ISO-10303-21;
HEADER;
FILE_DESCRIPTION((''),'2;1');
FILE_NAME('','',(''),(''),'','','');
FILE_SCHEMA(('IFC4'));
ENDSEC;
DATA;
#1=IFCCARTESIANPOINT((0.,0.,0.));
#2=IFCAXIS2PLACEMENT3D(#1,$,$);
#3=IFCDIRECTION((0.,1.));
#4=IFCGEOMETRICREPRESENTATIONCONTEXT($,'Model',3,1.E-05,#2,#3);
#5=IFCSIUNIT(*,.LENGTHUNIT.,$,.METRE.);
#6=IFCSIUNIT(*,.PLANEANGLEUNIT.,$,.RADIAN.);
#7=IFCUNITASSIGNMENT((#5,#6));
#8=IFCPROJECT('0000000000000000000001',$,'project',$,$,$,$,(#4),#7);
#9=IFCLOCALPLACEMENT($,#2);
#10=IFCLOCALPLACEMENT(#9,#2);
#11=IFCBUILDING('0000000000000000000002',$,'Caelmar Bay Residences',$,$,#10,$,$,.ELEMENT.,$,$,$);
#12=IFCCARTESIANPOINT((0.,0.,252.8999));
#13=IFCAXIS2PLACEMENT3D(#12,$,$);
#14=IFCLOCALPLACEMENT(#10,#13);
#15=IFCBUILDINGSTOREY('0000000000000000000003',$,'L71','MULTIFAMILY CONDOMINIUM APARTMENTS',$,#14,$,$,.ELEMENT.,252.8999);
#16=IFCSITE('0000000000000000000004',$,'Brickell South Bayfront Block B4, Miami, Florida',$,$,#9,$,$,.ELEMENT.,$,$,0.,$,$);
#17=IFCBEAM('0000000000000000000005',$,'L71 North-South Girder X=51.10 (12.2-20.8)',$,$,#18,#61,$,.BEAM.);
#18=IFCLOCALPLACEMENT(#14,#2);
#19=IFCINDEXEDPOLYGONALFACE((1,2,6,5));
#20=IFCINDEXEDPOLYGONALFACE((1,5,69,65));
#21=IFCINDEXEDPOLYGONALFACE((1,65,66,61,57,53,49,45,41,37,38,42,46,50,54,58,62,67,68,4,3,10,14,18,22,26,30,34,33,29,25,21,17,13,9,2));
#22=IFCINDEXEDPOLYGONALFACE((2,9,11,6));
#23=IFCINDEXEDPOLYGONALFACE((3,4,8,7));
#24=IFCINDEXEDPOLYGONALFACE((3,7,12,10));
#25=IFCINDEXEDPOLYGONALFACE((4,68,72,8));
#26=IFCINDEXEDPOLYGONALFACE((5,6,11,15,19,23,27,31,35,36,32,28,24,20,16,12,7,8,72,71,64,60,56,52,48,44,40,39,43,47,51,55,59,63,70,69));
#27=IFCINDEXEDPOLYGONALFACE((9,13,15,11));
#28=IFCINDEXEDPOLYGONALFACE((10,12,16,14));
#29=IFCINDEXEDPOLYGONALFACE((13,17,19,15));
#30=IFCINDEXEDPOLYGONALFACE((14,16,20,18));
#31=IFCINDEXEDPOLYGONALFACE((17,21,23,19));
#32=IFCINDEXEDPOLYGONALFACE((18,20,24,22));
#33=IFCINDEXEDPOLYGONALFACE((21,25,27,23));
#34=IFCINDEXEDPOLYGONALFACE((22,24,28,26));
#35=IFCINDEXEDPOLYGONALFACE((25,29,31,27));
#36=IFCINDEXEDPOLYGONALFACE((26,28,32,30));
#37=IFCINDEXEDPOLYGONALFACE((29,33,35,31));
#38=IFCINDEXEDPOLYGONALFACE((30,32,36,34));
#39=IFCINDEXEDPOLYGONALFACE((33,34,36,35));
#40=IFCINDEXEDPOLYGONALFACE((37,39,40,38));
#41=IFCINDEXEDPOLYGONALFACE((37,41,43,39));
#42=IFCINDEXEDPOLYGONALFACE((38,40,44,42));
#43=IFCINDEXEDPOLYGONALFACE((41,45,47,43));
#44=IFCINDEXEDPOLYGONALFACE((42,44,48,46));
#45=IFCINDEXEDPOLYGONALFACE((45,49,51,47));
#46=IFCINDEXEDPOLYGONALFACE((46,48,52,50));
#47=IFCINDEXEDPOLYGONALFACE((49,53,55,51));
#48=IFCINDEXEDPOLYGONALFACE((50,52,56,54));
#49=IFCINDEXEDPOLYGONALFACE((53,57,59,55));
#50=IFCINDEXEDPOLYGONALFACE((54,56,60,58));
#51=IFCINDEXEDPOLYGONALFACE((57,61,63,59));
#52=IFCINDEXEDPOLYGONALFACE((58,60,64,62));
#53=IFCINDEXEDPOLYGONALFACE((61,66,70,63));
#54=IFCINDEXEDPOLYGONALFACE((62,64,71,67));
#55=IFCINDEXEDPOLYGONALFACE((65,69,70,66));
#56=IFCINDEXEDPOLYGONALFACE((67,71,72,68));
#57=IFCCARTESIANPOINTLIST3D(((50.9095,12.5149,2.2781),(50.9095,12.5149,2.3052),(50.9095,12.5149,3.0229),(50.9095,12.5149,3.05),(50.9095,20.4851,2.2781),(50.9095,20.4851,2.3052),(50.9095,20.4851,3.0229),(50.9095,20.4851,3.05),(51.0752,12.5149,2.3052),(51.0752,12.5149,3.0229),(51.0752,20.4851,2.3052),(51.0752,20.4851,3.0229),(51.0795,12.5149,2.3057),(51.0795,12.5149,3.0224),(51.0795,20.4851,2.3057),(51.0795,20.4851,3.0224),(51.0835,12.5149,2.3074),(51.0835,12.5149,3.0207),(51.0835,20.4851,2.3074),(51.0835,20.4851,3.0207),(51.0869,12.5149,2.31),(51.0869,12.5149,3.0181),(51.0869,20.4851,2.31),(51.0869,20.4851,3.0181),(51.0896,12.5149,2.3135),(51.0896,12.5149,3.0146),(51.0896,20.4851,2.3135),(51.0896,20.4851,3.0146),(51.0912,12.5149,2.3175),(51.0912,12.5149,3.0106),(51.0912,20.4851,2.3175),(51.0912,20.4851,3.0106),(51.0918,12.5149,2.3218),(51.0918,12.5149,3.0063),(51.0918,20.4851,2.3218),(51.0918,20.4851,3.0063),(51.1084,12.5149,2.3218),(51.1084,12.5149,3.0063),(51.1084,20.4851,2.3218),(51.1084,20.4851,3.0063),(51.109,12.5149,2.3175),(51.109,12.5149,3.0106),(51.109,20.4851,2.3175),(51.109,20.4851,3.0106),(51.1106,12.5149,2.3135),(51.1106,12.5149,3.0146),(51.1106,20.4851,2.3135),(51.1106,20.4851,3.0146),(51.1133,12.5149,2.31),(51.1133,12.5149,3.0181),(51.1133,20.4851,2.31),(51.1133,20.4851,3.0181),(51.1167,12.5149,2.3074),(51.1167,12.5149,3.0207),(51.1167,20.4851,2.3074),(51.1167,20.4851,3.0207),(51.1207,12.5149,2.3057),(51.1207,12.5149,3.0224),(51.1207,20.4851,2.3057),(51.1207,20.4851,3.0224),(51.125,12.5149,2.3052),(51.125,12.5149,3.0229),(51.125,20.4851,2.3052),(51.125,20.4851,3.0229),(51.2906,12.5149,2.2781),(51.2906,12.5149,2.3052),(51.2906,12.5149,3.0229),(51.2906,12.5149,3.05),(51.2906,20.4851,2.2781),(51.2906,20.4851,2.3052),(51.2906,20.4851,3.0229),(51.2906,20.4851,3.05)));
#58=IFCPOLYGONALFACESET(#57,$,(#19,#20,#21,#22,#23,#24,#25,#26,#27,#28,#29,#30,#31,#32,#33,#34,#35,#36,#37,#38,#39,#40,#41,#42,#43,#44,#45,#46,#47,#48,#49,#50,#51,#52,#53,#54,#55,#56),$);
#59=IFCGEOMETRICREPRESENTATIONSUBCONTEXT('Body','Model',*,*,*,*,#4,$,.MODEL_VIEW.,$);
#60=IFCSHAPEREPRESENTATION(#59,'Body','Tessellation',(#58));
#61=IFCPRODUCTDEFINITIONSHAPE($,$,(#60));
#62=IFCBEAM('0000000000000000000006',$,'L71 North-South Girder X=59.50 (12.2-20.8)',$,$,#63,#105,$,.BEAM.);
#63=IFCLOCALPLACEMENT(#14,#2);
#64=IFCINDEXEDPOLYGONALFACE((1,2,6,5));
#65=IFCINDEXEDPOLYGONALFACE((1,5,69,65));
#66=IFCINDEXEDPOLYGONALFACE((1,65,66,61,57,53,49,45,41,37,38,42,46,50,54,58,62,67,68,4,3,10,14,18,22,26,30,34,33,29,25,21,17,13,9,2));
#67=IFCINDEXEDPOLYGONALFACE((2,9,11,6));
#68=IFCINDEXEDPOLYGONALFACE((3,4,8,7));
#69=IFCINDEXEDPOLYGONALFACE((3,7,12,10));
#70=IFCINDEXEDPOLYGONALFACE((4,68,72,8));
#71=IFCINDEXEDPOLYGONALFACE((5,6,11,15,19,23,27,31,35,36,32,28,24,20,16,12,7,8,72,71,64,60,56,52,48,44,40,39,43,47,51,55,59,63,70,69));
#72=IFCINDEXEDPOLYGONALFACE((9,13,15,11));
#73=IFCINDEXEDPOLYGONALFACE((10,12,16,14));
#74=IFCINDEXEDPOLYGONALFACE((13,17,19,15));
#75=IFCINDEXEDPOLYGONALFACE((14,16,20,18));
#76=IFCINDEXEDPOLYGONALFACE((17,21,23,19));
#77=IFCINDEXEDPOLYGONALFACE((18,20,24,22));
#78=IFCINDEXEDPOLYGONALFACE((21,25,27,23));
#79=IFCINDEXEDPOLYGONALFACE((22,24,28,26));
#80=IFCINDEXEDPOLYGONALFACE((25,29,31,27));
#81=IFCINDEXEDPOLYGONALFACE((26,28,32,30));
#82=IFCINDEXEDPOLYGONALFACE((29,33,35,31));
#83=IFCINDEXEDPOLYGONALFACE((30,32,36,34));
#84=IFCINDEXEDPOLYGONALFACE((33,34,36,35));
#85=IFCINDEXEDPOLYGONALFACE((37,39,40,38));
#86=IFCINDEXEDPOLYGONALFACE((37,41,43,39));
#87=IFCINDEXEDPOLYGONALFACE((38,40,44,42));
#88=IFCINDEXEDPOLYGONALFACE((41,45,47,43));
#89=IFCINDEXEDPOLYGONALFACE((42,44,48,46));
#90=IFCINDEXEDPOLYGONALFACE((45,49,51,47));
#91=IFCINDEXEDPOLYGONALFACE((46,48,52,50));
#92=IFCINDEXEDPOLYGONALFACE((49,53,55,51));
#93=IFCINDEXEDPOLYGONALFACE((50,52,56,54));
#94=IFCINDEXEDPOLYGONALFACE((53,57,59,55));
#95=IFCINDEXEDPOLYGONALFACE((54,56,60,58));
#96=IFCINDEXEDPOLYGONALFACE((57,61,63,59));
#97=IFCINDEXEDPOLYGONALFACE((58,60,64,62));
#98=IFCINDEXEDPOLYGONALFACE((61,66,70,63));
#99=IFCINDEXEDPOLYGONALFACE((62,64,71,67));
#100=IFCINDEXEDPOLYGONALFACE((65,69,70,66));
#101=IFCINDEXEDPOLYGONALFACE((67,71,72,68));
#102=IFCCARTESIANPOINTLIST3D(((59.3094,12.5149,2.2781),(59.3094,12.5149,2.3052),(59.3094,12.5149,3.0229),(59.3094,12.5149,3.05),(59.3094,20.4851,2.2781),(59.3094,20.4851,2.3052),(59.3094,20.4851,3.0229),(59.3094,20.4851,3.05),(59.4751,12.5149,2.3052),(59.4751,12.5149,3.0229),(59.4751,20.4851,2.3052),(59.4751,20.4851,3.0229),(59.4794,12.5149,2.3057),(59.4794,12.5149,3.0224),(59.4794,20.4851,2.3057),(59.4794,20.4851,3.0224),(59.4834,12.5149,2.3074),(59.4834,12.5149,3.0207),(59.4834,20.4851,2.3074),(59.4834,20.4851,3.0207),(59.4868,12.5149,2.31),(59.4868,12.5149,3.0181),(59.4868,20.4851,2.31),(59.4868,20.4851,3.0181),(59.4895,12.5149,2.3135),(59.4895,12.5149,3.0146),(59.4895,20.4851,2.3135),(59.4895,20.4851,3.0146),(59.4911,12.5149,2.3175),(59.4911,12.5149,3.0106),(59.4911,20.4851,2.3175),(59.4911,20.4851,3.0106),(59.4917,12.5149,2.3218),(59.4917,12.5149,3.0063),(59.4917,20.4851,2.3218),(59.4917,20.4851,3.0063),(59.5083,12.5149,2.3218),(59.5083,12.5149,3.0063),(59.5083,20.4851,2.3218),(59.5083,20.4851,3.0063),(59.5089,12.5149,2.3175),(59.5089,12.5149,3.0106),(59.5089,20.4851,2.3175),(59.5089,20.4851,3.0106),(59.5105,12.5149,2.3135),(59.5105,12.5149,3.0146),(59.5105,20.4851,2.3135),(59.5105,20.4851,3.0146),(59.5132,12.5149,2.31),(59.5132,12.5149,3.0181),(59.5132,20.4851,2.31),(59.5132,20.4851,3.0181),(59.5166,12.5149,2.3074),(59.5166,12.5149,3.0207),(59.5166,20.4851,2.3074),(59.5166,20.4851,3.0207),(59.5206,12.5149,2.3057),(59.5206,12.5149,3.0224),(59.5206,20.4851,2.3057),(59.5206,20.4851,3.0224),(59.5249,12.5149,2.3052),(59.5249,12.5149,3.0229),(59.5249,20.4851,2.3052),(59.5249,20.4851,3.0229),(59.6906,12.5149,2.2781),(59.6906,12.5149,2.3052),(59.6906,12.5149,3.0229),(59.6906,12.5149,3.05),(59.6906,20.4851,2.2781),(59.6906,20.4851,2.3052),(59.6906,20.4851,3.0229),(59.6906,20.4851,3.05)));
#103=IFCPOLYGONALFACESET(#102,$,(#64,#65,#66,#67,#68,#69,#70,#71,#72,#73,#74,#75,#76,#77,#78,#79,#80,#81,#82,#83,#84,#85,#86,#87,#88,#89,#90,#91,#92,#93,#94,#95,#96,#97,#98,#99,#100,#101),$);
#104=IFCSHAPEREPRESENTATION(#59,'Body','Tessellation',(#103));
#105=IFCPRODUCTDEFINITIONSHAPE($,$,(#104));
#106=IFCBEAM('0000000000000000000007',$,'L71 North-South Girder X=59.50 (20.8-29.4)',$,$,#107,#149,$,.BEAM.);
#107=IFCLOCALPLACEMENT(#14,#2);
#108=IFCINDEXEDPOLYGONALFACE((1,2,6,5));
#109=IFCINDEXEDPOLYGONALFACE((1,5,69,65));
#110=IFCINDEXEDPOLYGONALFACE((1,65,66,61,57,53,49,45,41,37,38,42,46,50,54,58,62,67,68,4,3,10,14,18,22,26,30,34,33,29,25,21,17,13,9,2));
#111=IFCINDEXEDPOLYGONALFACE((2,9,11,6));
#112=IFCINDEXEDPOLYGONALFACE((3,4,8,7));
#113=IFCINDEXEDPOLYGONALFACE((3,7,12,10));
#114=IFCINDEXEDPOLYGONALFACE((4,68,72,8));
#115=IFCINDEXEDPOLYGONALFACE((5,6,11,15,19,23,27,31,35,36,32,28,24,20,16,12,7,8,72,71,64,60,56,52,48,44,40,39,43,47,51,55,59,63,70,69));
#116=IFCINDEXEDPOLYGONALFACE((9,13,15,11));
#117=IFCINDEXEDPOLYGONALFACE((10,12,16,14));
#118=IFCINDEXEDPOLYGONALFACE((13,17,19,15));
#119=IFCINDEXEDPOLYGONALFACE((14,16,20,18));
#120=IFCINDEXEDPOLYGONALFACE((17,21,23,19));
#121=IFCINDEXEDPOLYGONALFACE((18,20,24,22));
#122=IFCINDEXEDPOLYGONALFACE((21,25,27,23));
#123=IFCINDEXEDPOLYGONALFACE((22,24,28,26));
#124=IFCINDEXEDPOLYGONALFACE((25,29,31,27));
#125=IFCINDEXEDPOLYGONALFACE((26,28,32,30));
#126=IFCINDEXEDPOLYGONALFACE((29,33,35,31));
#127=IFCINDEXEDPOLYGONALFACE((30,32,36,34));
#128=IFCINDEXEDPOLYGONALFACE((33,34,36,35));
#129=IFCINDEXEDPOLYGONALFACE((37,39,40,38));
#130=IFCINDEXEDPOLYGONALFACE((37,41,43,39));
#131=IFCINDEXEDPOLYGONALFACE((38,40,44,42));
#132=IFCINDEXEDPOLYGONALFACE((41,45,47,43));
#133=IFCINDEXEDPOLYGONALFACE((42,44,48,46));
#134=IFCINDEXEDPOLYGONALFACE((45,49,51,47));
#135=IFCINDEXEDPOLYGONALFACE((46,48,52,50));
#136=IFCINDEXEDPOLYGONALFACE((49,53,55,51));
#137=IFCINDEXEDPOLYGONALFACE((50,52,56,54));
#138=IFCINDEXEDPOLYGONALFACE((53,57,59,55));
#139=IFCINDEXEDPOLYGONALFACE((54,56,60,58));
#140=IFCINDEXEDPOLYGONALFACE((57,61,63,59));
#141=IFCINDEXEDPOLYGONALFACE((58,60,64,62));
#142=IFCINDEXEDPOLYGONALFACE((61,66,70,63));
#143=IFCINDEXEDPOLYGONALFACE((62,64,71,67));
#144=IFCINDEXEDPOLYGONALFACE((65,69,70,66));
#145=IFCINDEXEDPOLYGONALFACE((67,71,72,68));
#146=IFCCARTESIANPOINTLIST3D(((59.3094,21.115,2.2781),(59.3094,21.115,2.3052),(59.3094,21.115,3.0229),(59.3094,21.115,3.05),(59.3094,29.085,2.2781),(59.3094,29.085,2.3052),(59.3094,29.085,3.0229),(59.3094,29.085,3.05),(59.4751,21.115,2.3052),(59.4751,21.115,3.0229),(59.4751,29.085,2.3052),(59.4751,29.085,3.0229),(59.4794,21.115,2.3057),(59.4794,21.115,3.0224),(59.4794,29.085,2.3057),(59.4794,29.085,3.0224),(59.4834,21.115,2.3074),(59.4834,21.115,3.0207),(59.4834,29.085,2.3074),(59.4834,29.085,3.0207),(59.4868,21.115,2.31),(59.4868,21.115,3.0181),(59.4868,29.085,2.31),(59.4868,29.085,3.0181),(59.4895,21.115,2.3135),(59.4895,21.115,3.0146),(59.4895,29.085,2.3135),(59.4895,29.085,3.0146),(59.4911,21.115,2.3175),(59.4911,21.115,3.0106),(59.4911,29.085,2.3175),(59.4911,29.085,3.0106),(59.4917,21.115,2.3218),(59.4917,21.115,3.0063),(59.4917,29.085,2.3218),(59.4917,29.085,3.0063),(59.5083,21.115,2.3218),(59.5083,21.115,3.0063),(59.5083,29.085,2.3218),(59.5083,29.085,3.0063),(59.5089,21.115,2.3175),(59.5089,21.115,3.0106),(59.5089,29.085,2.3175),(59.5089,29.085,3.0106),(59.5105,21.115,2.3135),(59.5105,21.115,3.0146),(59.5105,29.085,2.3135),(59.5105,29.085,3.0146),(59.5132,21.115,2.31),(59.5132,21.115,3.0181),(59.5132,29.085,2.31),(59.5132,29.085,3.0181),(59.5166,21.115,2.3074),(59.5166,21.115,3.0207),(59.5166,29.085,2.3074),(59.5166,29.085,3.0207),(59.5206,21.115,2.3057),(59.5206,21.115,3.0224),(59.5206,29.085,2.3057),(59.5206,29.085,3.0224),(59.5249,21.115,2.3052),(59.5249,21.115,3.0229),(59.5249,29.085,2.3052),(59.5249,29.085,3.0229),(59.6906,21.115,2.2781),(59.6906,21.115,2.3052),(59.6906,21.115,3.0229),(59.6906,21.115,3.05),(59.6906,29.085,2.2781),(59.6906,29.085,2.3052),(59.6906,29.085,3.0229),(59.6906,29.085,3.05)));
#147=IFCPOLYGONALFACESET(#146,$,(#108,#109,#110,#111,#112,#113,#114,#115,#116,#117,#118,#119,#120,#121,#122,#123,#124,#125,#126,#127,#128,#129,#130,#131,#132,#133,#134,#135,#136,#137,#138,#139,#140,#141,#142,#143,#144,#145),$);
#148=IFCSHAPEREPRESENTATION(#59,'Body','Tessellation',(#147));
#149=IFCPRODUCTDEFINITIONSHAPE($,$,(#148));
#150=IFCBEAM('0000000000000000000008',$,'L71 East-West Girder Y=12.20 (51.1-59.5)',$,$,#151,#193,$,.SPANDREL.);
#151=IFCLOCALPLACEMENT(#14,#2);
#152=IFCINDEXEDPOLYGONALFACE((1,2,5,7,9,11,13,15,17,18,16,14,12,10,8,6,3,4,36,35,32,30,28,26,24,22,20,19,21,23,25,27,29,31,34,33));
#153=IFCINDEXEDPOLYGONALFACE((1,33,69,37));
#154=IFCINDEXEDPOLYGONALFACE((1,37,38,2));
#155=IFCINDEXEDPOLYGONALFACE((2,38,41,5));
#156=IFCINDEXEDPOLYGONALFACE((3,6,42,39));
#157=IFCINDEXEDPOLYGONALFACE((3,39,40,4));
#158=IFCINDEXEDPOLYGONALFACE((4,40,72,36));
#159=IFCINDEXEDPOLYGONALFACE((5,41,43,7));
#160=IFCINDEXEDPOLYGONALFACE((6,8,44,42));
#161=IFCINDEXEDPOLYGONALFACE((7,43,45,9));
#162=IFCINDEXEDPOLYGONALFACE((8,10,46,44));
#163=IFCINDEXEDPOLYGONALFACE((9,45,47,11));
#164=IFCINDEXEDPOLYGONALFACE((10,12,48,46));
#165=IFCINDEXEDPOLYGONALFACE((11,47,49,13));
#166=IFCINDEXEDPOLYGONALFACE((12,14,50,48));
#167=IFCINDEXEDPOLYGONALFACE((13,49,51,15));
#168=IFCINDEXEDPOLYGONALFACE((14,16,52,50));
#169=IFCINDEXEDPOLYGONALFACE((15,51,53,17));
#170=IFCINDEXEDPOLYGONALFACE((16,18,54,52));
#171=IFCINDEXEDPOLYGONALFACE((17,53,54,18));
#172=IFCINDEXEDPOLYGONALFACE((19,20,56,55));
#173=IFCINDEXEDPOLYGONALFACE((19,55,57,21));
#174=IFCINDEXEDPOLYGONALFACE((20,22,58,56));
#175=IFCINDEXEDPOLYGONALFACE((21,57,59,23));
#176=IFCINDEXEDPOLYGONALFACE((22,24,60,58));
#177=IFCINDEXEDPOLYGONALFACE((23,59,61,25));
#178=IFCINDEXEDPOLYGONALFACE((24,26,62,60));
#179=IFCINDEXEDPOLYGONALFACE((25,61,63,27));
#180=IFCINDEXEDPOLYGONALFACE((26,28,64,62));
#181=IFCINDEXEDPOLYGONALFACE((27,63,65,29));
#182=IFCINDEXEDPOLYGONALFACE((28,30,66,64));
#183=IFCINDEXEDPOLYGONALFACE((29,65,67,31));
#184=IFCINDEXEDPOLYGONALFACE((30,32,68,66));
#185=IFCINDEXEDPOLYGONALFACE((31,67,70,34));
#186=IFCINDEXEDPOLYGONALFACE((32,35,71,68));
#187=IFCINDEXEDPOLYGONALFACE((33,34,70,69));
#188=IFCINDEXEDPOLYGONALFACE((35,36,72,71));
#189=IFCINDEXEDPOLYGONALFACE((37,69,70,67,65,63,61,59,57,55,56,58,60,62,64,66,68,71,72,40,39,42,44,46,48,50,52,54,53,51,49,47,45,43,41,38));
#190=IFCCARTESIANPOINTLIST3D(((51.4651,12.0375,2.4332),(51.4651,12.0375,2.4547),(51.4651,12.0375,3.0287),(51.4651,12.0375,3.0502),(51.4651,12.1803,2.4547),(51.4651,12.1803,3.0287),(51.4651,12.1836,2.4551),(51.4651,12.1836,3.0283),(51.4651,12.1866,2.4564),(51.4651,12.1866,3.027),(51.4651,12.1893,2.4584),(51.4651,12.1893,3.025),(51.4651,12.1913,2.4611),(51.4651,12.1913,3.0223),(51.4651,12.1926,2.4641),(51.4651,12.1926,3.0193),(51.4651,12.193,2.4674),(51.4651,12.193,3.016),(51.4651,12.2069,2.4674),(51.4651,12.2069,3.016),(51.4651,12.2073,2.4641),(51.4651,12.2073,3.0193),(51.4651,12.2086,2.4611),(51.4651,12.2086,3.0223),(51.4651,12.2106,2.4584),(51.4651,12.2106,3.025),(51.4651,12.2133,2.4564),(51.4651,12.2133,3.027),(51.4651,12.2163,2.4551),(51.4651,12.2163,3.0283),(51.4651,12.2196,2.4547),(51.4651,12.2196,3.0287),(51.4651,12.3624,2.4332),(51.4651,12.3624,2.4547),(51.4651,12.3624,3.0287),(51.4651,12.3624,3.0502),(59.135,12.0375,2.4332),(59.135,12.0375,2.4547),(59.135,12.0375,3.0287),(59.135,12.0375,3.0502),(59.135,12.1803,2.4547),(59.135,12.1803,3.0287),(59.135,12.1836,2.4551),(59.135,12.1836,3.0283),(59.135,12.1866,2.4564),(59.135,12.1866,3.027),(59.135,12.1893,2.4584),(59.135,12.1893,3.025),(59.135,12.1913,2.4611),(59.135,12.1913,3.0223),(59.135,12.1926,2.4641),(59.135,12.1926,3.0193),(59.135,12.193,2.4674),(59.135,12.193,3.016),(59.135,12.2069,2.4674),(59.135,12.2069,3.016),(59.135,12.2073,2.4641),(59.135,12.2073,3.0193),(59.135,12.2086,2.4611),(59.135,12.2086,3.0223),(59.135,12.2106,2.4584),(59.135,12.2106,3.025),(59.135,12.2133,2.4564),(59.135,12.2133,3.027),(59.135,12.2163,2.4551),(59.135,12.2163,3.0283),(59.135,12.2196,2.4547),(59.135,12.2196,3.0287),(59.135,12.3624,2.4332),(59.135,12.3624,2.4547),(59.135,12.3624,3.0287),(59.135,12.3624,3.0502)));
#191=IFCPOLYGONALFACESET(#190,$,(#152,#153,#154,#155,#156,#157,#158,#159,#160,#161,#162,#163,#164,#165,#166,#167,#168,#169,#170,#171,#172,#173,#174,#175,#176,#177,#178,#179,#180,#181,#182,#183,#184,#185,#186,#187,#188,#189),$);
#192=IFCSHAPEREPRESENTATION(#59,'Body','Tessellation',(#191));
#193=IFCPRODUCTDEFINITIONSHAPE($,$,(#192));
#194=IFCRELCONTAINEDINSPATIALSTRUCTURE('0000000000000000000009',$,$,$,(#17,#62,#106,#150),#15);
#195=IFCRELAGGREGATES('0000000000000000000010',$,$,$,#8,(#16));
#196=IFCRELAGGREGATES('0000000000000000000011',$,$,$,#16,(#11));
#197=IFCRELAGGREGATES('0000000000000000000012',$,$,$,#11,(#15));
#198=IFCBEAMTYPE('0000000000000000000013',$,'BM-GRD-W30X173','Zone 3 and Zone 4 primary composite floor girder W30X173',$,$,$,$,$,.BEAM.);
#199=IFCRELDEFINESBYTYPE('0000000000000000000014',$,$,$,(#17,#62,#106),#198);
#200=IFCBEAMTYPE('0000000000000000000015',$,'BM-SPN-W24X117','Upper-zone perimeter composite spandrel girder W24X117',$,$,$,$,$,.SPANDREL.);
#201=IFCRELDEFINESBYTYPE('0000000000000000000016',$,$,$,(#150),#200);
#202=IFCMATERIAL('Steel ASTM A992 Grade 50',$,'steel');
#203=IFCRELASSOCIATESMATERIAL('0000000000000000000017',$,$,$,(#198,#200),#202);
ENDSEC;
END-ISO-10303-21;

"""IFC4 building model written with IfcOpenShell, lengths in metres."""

from ifc_helpers import new_model, si_unit, direction, frame, origin, origin_2d, place, context, subcontext, project, spatial, i_section, extrude, material, material_profile, profile_set, type_object, element, save


model = new_model("IFC4")

# Units and contexts
model_context = context("Model", 3, precision=1e-05, world=origin(), true_north=direction((0.0, 1.0)))
body_context = subcontext(model_context, "Body", "Model", "MODEL_VIEW")
ifc_project = project(units=[si_unit("LENGTHUNIT", "METRE"), si_unit("PLANEANGLEUNIT", "RADIAN")], contexts=[model_context])

# Site, building, storey
site_placement = place(None, origin())
site = spatial("IfcSite", under=ifc_project, at=site_placement, Name="Brickell South Bayfront Block B4, Miami, Florida", CompositionType="ELEMENT", RefElevation=0.0)
building_placement = place(site_placement, origin())
building = spatial("IfcBuilding", under=site, at=building_placement, Name="Caelmar Bay Residences", CompositionType="ELEMENT")
storey_placement = place(building_placement, frame((0.0, 0.0, 252.8999)))
storey = spatial("IfcBuildingStorey", under=building, at=storey_placement, Name="L71", Description="MULTIFAMILY CONDOMINIUM APARTMENTS", CompositionType="ELEMENT", Elevation=252.8999)

# Beams
ifc_material_1 = material(Name="Steel ASTM A992 Grade 50", Category="steel")
ifc_material_profile_1 = material_profile(ifc_material_1, i_section(OverallWidth=0.3811, OverallDepth=0.772, WebThickness=0.0166, FlangeThickness=0.0271, FilletRadius=0.0166, at=origin_2d()), Name="W30X173")
ifc_profile_set_1 = profile_set([ifc_material_profile_1], Name="Steel ASTM A992 Grade 50")
beam_type_1 = type_object("IfcBeamType", Name="BM-GRD-W30X173", Description="Zone 3 and Zone 4 primary composite floor girder W30X173", PredefinedType="BEAM", material=ifc_profile_set_1)
for number, where, z_axis, x_axis, name in (
    (1, (51.1001, 12.5149, 2.6641), (0.0, 1.0, 0.0), (-1.0, 0.0, 0.0), "L71 North-South Girder X=51.10 (12.2-20.8)"),
    (2, (59.5, 12.5149, 2.6641), (0.0, 1.0, 0.0), (-1.0, 0.0, 0.0), "L71 North-South Girder X=59.50 (12.2-20.8)"),
):
    element("IfcBeam", number, at=place(storey_placement, frame(where, z_axis=z_axis, x_axis=x_axis)), inside=storey, type_object=beam_type_1, Name=name, PredefinedType="BEAM", context=body_context, shape_type="SweptSolid", body=[
        extrude(i_section(OverallWidth=0.3811, OverallDepth=0.772, WebThickness=0.0166, FlangeThickness=0.0271, FilletRadius=0.0166, at=origin_2d()), origin(), (0.0, 0.0, 1.0), 7.9702),
    ])
beam_1_placement = place(storey_placement, frame((59.5, 21.115, 2.6641), z_axis=(0.0, 1.0, 0.0), x_axis=(-1.0, 0.0, 0.0)))
element("IfcBeam", 3, at=beam_1_placement, inside=storey, type_object=beam_type_1, Name="L71 North-South Girder X=59.50 (20.8-29.4)", PredefinedType="BEAM", context=body_context, shape_type="SweptSolid", body=[
    extrude(i_section(OverallWidth=0.3811, OverallDepth=0.772, WebThickness=0.0166, FlangeThickness=0.0271, FilletRadius=0.0166, at=origin_2d()), origin(), (0.0, 0.0, 1.0), 7.97),
])
ifc_material_profile_2 = material_profile(ifc_material_1, i_section(OverallWidth=0.325, OverallDepth=0.6169, WebThickness=0.0139, FlangeThickness=0.0215, FilletRadius=0.0127, at=origin_2d()), Name="W24X117")
ifc_profile_set_2 = profile_set([ifc_material_profile_2], Name="Steel ASTM A992 Grade 50")
beam_type_2 = type_object("IfcBeamType", Name="BM-SPN-W24X117", Description="Upper-zone perimeter composite spandrel girder W24X117", PredefinedType="SPANDREL", material=ifc_profile_set_2)
beam_2_placement = place(storey_placement, frame((51.4651, 12.2, 2.7417), z_axis=(1.0, 0.0, 0.0), x_axis=(0.0, 1.0, 0.0)))
element("IfcBeam", 4, at=beam_2_placement, inside=storey, type_object=beam_type_2, Name="L71 East-West Girder Y=12.20 (51.1-59.5)", PredefinedType="SPANDREL", context=body_context, shape_type="SweptSolid", body=[
    extrude(i_section(OverallWidth=0.325, OverallDepth=0.6169, WebThickness=0.0139, FlangeThickness=0.0215, FilletRadius=0.0127, at=origin_2d()), origin(), (0.0, 0.0, 1.0), 7.6699),
])

save(model, "model.ifc")
